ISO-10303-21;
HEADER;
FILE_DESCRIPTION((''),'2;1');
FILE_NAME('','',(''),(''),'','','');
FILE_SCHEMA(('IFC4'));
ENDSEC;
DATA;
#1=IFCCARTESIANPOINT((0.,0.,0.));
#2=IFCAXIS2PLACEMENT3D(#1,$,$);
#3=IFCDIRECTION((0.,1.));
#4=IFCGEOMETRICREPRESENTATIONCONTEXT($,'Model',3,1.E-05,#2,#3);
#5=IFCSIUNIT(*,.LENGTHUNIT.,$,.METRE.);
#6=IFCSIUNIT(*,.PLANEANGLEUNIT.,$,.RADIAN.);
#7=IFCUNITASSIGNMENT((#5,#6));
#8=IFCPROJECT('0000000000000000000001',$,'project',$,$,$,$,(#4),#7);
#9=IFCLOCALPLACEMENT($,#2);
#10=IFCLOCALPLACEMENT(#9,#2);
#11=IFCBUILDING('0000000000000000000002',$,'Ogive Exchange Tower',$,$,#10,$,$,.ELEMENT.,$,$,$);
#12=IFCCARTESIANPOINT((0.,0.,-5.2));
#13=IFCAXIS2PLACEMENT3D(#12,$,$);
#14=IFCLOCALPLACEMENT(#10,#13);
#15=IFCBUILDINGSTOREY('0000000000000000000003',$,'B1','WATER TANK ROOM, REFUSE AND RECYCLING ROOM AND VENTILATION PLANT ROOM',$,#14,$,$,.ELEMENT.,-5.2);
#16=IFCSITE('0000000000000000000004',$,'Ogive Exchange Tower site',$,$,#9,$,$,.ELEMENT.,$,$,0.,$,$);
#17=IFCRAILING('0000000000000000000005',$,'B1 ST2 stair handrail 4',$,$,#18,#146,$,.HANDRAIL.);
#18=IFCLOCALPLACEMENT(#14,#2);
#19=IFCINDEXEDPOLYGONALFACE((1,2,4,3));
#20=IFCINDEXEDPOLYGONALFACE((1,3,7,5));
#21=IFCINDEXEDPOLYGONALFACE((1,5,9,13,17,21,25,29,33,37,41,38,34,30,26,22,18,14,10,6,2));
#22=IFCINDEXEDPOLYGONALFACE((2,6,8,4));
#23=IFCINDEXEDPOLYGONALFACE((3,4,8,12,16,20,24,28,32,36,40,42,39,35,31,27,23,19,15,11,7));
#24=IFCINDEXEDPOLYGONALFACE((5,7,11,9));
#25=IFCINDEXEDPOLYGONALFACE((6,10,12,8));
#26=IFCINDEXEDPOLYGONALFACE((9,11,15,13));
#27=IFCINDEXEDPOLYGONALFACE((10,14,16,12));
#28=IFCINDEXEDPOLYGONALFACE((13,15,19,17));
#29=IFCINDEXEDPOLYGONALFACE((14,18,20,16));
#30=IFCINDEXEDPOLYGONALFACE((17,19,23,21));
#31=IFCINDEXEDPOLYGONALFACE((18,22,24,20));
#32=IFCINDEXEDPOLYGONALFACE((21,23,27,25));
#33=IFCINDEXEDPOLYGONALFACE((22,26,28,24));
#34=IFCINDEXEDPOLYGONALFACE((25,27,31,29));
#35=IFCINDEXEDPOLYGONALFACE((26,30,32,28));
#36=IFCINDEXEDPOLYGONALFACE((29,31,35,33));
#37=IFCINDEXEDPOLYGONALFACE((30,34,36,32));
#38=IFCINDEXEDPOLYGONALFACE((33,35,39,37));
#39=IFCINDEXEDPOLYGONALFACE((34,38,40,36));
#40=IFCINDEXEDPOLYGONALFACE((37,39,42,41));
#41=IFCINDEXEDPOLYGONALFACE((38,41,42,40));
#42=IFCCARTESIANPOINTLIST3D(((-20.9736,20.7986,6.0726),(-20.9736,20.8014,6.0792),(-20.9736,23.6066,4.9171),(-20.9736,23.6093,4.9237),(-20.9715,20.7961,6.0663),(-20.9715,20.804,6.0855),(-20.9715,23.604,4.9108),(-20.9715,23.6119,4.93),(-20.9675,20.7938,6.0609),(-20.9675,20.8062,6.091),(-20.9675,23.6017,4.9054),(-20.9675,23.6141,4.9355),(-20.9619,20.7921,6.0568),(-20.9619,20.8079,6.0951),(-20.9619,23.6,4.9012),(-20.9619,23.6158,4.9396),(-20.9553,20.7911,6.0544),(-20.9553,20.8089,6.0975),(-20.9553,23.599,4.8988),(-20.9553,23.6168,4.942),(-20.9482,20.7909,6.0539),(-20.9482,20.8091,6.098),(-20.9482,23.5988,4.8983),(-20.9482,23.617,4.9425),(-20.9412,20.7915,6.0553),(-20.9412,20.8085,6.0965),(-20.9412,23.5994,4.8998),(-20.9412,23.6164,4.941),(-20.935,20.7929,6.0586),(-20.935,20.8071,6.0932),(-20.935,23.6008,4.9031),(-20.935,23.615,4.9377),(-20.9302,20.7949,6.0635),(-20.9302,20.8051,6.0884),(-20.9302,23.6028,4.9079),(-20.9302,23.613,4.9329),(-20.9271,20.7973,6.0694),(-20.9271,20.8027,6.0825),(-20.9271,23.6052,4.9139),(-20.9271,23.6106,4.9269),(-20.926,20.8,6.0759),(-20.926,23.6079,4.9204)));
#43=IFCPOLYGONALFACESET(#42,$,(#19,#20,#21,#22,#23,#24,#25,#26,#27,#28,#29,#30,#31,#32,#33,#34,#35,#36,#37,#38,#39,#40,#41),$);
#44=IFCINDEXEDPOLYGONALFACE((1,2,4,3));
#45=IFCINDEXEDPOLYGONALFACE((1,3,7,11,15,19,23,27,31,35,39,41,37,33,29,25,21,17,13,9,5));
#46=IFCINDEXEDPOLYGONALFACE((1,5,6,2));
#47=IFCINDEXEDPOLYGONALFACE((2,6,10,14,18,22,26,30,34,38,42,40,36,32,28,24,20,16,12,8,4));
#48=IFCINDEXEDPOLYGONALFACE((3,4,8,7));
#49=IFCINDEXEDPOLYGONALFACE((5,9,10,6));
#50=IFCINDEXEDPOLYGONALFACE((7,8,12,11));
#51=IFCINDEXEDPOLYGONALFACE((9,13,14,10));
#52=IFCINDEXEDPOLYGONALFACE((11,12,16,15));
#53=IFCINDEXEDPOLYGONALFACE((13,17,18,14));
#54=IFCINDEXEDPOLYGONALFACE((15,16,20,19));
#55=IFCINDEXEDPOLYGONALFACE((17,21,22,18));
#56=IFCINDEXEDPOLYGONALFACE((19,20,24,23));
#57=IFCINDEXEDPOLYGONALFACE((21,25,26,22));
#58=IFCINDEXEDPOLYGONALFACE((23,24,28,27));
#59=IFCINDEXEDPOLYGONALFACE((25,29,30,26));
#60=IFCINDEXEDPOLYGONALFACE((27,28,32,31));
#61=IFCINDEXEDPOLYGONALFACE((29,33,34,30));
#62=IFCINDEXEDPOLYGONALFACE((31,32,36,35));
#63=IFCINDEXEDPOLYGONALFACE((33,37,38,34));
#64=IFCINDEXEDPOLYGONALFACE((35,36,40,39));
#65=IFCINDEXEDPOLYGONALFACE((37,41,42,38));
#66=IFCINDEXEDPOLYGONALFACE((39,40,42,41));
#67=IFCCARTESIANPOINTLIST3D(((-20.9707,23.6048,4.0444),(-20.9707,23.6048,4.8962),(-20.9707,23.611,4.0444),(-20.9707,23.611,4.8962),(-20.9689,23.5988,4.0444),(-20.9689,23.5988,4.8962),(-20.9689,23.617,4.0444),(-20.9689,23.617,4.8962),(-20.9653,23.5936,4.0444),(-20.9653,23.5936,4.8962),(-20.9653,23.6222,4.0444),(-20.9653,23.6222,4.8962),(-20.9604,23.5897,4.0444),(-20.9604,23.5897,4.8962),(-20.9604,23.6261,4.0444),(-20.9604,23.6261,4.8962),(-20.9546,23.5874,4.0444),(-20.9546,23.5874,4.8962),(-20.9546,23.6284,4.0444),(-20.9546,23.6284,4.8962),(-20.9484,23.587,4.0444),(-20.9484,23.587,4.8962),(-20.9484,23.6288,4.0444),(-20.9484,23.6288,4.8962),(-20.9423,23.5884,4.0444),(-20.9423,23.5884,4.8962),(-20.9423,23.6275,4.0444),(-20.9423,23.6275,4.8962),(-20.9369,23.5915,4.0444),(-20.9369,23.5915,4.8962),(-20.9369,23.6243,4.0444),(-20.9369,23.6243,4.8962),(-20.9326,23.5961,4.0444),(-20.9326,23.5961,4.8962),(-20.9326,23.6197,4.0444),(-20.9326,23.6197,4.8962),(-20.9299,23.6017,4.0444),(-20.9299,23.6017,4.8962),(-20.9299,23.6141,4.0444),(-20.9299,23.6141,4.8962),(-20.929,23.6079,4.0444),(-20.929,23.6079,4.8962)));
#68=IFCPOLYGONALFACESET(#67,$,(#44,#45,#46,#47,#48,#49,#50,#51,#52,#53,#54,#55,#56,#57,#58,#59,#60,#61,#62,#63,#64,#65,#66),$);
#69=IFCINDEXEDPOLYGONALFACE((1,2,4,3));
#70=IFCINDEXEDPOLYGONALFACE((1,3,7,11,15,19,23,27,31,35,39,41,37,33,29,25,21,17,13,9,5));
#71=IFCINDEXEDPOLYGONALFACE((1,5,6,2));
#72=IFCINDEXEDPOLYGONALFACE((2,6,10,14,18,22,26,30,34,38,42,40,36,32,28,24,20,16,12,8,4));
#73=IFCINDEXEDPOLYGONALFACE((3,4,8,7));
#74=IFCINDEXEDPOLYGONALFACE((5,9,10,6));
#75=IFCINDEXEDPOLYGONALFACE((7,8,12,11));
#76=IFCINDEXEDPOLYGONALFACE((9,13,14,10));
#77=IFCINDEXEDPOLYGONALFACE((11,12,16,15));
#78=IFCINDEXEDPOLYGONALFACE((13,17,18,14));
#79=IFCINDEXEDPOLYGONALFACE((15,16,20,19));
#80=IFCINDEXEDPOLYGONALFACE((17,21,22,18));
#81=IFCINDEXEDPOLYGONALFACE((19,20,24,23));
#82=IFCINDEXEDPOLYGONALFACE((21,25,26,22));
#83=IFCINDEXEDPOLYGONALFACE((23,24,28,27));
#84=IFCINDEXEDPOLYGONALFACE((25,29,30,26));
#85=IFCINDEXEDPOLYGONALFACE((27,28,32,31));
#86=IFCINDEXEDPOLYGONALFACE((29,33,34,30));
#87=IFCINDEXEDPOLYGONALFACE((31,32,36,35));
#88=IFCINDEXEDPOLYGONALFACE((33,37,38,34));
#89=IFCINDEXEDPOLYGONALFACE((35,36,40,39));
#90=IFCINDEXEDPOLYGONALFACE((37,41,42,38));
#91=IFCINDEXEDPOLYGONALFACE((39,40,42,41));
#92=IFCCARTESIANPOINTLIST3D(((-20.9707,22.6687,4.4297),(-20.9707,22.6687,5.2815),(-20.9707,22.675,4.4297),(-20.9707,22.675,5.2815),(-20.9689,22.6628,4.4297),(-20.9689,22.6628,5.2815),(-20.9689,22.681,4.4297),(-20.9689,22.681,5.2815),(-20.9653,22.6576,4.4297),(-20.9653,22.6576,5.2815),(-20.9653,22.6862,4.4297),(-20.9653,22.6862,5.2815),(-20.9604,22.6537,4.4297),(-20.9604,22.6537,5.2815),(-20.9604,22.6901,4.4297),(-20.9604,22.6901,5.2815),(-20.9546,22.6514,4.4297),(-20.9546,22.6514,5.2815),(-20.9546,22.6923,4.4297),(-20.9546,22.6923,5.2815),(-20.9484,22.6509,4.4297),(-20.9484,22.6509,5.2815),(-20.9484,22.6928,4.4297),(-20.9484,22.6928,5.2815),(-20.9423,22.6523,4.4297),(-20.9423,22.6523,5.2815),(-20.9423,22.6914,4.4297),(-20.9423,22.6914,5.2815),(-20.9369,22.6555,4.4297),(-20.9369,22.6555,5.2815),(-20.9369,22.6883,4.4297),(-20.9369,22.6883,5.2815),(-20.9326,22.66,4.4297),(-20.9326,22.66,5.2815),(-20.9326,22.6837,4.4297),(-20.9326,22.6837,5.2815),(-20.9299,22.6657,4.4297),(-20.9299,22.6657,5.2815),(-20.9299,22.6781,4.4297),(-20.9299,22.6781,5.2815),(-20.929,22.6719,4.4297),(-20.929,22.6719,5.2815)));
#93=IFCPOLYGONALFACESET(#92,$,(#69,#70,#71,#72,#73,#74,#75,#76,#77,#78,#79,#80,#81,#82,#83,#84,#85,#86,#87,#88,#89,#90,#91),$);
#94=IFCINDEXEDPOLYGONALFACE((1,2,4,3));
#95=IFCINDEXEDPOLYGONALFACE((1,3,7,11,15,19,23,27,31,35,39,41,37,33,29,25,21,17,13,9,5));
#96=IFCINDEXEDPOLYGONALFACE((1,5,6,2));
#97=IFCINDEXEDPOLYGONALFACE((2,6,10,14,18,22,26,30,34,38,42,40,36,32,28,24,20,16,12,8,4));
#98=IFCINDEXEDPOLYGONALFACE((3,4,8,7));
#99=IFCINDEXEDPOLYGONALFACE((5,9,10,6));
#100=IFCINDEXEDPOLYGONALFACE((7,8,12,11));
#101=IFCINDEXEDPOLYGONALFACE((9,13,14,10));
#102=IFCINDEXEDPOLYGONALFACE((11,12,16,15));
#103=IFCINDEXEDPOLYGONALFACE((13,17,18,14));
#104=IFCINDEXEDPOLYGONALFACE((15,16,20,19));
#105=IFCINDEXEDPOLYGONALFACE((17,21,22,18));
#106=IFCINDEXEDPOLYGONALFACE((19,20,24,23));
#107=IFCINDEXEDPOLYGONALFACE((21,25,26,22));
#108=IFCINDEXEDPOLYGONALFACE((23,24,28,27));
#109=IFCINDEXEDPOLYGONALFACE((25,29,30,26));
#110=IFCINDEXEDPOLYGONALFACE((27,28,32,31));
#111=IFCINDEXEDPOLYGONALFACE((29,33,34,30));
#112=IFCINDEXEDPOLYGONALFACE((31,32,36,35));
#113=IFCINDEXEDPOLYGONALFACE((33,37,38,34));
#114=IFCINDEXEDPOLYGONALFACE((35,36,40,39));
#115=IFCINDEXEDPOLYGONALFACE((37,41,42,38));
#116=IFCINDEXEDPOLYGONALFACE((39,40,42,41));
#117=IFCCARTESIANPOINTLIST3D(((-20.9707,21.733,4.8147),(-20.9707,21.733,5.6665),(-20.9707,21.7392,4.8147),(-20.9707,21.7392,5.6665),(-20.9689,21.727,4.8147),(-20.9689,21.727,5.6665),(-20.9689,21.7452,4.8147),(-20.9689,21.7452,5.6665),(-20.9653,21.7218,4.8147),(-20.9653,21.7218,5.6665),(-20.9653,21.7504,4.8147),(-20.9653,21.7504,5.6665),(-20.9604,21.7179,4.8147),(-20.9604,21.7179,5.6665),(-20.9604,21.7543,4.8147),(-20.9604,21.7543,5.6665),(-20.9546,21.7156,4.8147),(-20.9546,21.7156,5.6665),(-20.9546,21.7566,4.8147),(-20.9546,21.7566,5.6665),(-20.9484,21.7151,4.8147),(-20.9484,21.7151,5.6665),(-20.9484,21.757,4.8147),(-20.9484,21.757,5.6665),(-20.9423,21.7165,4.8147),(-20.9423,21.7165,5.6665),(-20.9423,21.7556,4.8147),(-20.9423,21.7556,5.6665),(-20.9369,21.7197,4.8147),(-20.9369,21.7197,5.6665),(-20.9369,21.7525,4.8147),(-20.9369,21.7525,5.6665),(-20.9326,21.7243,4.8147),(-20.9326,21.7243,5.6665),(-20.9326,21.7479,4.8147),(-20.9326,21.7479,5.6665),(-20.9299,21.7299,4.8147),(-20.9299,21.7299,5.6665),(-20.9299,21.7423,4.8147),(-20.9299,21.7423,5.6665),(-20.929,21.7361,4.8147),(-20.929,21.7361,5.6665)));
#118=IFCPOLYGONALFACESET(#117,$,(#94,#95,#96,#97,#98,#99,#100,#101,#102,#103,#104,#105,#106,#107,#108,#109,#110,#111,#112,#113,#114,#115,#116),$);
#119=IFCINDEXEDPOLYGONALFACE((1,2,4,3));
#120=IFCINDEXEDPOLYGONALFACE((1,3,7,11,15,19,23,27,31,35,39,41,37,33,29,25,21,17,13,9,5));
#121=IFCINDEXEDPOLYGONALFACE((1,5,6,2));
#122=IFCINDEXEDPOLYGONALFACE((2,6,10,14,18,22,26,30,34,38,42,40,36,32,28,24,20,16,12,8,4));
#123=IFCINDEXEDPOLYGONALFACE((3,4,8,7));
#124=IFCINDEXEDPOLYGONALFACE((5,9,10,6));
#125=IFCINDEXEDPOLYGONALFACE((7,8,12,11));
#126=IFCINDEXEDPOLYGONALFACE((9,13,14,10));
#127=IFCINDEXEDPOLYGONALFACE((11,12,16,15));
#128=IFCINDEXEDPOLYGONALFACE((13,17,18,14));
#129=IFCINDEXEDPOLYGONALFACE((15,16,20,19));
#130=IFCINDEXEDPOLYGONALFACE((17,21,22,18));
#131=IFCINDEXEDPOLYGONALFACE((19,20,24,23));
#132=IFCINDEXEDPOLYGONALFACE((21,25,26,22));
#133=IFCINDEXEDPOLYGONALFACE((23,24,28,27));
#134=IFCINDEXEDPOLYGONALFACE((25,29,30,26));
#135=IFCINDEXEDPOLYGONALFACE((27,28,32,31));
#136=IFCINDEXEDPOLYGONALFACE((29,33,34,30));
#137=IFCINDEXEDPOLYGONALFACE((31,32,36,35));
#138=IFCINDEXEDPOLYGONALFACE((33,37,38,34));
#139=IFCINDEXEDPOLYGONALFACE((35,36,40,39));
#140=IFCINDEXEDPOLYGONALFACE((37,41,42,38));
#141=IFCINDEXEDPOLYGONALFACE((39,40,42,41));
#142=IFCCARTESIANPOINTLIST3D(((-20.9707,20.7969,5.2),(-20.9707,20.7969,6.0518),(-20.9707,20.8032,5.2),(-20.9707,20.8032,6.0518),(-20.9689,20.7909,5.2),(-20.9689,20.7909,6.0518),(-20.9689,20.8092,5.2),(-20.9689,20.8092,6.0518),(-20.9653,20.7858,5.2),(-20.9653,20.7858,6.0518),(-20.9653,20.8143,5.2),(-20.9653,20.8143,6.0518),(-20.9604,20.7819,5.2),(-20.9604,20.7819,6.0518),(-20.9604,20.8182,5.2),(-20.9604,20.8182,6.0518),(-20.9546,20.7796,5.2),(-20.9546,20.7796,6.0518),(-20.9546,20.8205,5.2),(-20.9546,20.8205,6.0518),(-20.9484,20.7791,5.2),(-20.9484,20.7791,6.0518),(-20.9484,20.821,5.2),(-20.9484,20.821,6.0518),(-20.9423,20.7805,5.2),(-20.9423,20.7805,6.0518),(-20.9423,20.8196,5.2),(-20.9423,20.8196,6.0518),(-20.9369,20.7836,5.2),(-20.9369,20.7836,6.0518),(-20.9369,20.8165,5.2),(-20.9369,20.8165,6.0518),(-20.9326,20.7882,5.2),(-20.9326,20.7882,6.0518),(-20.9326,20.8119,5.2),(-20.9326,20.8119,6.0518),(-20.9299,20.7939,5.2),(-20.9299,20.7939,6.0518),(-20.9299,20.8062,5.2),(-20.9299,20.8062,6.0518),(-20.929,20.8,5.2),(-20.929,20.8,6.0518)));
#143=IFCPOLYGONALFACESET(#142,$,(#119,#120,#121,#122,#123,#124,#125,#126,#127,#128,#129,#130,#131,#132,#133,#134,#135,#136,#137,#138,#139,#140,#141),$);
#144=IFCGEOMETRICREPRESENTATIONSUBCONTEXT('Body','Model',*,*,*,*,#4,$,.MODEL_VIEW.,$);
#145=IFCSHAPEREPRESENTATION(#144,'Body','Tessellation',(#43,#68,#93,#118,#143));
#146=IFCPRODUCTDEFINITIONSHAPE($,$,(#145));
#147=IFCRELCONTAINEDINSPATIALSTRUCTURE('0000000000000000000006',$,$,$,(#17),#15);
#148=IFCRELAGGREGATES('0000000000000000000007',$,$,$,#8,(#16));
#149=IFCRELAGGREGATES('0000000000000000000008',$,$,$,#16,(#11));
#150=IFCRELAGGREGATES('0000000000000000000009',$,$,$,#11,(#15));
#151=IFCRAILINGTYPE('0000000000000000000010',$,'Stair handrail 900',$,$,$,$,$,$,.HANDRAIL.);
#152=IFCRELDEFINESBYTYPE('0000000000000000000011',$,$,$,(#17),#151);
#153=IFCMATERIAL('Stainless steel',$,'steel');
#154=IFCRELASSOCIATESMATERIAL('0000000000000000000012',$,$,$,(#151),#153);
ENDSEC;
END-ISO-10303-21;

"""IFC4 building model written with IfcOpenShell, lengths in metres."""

from ifc_helpers import new_model, si_unit, direction, frame, origin, origin_2d, place, context, subcontext, project, spatial, circle, extrude, material, type_object, element, save


model = new_model("IFC4")

# Units and contexts
model_context = context("Model", 3, precision=1e-05, world=origin(), true_north=direction((0.0, 1.0)))
body_context = subcontext(model_context, "Body", "Model", "MODEL_VIEW")
ifc_project = project(units=[si_unit("LENGTHUNIT", "METRE"), si_unit("PLANEANGLEUNIT", "RADIAN")], contexts=[model_context])

# Site, building, storey
site_placement = place(None, origin())
site = spatial("IfcSite", under=ifc_project, at=site_placement, Name="Ogive Exchange Tower site", CompositionType="ELEMENT", RefElevation=0.0)
building_placement = place(site_placement, origin())
building = spatial("IfcBuilding", under=site, at=building_placement, Name="Ogive Exchange Tower", CompositionType="ELEMENT")
storey_placement = place(building_placement, frame((0.0, 0.0, -5.2)))
storey = spatial("IfcBuildingStorey", under=building, at=storey_placement, Name="B1", Description="WATER TANK ROOM, REFUSE AND RECYCLING ROOM AND VENTILATION PLANT ROOM", CompositionType="ELEMENT", Elevation=-5.2)

# Railing
ifc_material_1 = material(Name="Stainless steel", Category="steel")
railing_type = type_object("IfcRailingType", Name="Stair handrail 900", PredefinedType="HANDRAIL", material=ifc_material_1)
railing_1_placement = place(storey_placement, frame((-20.95, 23.6079, 4.0444)))
element("IfcRailing", 1, at=railing_1_placement, inside=storey, type_object=railing_type, Name="B1 ST2 stair handrail 4", PredefinedType="HANDRAIL", context=body_context, shape_type="SweptSolid", body=[
    extrude(circle(Radius=0.0239, at=origin_2d()), frame((0.0, 0.0, 0.876), z_axis=(0.0, -0.924755, 0.380564), x_axis=(1.0, 0.0, 0.0)), (0.0, 0.0, 1.0), 3.0364),
    extrude(circle(Radius=0.021, at=origin_2d()), origin(), (0.0, 0.0, 1.0), 0.8518),
    extrude(circle(Radius=0.021, at=origin_2d()), frame((0.0, -0.936, 0.3853)), (0.0, 0.0, 1.0), 0.8518),
    extrude(circle(Radius=0.021, at=origin_2d()), frame((0.0, -1.8718, 0.7703)), (0.0, 0.0, 1.0), 0.8518),
    extrude(circle(Radius=0.021, at=origin_2d()), frame((0.0, -2.8079, 1.1555)), (0.0, 0.0, 1.0), 0.8518),
])

save(model, "model.ifc")
